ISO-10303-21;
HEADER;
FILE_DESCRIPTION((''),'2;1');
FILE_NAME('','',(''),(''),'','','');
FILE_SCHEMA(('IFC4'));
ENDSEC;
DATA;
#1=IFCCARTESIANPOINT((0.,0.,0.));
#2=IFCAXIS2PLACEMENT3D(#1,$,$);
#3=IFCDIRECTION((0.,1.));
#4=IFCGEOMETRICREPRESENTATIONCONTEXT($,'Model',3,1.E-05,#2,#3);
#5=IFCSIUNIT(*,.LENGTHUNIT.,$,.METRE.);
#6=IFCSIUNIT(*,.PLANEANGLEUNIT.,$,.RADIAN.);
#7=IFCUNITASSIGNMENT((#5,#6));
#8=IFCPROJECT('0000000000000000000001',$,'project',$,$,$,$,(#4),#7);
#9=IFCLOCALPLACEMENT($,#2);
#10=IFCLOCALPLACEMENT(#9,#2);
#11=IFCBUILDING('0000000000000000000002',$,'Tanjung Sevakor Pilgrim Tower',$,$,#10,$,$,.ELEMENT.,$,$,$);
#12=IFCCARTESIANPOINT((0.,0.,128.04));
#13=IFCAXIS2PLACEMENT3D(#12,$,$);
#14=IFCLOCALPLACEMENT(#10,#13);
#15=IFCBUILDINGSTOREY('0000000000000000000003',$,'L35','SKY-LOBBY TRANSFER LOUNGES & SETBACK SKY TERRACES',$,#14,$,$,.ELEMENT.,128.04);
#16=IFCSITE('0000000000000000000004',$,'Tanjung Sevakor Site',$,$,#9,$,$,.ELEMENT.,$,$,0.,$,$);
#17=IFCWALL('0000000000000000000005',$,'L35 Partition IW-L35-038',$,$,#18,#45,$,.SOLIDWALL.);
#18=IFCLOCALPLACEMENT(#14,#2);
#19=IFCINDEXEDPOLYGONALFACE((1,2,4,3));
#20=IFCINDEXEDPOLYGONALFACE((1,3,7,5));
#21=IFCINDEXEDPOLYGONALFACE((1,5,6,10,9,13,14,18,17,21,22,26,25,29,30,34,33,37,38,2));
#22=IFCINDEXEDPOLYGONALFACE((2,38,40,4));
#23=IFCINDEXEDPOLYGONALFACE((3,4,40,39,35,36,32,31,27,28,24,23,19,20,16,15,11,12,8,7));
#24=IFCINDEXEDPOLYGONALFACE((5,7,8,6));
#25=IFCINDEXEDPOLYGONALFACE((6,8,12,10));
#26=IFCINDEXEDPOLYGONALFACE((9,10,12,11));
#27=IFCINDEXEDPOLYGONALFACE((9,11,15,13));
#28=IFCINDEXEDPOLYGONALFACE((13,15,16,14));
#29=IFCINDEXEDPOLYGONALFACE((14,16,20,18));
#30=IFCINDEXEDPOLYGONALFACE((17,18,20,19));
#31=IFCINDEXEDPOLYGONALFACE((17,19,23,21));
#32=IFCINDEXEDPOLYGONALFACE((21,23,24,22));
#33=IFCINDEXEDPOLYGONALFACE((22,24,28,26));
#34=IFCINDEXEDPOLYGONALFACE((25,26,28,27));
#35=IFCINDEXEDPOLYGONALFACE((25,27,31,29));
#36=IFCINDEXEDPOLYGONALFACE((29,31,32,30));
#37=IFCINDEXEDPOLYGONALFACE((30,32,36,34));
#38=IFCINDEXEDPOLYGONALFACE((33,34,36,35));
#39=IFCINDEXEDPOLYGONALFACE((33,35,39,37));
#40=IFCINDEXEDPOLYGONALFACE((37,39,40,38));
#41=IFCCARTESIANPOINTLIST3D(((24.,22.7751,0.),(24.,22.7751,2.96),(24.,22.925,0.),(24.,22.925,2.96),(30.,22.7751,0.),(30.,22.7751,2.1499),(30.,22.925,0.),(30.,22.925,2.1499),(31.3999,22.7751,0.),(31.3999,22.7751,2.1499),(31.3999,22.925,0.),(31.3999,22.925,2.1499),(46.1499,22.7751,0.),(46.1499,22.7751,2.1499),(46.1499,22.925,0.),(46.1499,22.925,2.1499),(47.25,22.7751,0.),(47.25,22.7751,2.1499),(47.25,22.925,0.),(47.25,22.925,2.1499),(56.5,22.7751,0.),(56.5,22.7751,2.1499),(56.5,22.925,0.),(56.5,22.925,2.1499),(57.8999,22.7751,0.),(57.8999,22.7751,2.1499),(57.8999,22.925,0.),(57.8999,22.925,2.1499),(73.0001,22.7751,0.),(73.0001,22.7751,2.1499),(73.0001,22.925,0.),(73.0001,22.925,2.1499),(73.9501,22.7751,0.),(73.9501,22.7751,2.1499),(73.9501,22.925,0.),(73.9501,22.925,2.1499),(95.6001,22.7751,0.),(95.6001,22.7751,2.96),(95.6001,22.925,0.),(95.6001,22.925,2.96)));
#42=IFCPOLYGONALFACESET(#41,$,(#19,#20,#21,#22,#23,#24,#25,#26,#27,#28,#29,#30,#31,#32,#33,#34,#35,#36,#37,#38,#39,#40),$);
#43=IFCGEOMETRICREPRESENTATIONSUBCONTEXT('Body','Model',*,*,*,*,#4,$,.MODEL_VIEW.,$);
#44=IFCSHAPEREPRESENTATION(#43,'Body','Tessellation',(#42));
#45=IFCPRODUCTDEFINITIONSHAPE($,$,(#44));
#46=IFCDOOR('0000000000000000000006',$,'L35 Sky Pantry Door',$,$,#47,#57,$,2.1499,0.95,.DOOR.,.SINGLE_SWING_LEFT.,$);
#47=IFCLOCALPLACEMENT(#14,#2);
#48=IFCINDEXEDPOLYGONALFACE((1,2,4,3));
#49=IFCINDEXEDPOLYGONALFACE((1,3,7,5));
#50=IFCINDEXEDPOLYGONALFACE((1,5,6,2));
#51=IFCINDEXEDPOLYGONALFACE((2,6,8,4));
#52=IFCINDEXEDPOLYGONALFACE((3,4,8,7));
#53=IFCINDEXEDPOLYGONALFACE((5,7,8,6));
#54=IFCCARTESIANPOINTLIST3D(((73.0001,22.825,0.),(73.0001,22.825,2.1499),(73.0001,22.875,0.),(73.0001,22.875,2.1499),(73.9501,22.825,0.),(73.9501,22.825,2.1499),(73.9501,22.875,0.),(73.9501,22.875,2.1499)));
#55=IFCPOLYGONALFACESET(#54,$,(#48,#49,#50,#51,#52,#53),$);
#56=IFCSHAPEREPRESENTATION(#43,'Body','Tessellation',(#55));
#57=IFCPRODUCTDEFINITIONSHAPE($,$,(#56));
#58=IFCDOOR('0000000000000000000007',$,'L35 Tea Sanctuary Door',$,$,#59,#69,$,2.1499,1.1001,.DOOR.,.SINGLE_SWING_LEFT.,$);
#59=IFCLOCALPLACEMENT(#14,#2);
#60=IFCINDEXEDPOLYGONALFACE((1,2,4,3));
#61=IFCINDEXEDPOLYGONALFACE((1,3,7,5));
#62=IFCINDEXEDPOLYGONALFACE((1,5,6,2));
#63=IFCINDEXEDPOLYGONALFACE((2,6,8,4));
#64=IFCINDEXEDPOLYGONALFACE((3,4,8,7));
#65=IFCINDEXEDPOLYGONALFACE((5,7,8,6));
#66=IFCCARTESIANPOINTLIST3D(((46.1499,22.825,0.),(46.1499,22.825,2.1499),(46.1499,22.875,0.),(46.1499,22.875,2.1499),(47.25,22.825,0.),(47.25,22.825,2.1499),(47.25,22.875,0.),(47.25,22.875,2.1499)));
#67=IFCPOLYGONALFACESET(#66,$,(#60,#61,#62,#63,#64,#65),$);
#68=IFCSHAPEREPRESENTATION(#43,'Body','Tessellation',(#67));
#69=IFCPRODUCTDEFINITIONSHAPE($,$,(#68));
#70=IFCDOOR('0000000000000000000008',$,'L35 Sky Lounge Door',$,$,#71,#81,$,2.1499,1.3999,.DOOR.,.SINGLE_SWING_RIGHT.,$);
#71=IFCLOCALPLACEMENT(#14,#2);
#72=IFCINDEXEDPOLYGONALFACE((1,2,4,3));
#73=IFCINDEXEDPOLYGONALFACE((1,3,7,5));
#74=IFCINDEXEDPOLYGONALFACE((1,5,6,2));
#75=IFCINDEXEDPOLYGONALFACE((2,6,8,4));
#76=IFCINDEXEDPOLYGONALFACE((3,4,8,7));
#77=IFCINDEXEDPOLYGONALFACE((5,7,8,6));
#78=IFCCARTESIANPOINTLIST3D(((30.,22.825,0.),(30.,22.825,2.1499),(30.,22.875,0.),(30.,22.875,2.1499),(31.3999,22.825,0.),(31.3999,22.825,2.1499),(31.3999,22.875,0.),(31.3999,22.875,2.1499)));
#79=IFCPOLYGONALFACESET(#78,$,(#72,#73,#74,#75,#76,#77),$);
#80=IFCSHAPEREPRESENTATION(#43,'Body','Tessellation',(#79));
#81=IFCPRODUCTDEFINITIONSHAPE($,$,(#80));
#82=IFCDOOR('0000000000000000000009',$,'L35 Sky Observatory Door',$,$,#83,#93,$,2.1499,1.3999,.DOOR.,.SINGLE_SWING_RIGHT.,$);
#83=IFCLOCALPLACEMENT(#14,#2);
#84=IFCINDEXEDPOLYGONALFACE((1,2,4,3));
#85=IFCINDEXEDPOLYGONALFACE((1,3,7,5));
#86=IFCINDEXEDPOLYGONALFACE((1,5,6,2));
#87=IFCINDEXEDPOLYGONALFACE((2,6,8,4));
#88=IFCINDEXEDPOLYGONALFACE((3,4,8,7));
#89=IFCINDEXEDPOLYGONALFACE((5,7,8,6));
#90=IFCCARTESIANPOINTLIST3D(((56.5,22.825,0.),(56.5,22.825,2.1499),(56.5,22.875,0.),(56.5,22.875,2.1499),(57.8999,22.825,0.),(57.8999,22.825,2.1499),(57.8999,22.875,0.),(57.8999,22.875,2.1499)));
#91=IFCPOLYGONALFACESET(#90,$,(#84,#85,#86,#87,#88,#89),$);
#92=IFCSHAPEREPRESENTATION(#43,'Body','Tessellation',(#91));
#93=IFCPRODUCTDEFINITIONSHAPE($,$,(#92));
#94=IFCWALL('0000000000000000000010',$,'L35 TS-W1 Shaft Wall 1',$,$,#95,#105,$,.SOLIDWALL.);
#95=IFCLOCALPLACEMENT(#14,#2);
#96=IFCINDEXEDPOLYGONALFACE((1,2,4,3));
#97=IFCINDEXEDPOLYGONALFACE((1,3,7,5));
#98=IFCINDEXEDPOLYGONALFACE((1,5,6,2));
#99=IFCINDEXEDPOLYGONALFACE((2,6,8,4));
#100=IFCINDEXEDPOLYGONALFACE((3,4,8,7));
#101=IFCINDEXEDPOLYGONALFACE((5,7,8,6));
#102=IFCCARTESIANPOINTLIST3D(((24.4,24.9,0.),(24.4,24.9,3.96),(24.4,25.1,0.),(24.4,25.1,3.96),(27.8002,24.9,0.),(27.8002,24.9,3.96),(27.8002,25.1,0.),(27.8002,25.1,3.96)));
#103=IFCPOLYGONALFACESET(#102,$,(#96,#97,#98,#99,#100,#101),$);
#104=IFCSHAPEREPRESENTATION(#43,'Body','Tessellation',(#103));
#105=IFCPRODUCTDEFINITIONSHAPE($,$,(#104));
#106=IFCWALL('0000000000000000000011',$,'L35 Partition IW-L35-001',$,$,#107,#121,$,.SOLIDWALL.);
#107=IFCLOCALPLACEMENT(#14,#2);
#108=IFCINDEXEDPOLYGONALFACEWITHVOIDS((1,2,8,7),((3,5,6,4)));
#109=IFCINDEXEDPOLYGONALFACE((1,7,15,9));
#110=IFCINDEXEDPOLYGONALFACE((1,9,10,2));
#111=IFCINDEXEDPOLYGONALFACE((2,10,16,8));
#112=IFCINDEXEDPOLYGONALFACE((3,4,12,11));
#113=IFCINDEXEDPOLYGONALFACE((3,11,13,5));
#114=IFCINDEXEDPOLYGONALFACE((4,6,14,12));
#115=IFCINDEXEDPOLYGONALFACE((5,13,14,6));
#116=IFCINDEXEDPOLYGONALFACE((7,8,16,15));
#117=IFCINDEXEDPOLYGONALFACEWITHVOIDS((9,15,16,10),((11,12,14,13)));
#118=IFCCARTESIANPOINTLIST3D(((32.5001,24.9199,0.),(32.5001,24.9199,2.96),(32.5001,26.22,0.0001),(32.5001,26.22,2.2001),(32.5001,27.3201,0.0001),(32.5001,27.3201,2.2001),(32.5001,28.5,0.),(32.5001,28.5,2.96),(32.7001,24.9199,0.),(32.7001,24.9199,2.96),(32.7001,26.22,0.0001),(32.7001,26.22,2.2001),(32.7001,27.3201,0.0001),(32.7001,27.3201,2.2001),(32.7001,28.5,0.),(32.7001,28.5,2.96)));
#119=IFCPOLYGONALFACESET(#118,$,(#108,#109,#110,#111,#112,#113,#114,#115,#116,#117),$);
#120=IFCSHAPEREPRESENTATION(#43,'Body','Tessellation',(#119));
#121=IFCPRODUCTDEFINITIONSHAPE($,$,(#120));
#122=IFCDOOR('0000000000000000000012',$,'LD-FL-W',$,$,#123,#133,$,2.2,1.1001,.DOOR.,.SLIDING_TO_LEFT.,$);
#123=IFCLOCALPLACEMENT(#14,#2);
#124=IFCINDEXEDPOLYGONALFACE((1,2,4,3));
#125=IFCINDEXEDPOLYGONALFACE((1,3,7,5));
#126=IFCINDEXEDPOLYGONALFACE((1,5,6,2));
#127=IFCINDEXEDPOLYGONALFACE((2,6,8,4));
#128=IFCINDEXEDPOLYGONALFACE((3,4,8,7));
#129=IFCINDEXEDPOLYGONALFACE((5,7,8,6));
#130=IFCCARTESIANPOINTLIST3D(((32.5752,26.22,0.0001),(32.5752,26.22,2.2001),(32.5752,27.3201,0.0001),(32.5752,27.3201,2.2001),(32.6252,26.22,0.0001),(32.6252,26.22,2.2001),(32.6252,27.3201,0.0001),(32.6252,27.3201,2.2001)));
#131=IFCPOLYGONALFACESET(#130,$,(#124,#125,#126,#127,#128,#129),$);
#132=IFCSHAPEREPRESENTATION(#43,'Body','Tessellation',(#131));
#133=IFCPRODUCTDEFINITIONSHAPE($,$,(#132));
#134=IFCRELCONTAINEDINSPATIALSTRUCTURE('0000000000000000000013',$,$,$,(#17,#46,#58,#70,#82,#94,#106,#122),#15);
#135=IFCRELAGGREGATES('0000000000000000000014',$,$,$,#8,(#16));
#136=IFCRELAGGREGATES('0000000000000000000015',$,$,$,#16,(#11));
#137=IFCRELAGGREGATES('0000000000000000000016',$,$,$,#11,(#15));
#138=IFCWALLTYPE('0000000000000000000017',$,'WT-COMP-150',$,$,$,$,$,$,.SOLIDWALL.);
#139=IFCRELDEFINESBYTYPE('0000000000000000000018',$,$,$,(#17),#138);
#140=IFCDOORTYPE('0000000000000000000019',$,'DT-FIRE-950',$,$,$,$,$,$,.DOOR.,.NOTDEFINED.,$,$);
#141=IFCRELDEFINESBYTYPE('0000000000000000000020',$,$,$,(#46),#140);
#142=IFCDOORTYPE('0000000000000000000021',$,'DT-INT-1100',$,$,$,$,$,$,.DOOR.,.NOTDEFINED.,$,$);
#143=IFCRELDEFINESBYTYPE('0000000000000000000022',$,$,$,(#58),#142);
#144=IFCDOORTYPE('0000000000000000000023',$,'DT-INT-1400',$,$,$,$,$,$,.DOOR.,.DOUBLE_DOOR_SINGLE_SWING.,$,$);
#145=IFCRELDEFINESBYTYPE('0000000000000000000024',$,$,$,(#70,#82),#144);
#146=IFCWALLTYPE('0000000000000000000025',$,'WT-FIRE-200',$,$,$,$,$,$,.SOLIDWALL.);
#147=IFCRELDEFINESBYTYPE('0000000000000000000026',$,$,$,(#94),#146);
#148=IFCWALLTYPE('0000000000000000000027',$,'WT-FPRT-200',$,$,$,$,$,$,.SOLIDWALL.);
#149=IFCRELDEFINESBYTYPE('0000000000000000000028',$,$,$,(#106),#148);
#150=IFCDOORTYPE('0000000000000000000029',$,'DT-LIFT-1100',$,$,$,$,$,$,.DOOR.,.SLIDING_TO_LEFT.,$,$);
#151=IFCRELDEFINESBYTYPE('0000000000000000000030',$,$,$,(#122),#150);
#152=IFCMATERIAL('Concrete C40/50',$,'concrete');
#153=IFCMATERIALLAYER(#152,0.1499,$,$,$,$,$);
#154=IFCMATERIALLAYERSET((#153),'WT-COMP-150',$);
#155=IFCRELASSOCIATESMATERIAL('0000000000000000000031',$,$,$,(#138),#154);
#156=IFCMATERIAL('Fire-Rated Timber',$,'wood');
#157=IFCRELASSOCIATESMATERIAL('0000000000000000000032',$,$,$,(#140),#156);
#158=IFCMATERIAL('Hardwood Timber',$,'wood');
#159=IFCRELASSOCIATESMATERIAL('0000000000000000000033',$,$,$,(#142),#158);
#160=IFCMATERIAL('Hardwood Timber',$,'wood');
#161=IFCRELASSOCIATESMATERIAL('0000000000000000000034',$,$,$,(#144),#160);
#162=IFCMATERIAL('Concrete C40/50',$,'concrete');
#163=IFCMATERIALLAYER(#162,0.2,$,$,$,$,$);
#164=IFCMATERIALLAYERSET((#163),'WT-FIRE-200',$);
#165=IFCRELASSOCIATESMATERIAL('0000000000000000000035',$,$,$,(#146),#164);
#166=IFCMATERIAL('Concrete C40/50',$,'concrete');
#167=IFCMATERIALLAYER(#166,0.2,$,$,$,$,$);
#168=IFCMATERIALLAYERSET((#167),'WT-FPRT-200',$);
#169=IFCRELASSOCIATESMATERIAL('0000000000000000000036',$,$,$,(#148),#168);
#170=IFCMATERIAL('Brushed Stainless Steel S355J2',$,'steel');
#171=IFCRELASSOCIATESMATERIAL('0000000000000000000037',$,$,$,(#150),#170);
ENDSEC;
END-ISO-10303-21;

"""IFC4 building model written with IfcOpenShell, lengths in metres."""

from ifc_helpers import new_model, si_unit, direction, frame, frame_2d, origin, place, context, subcontext, project, spatial, rectangle, extrude, material, layer, layer_set, type_object, element, fill, save


model = new_model("IFC4")

# Units and contexts
model_context = context("Model", 3, precision=1e-05, world=origin(), true_north=direction((0.0, 1.0)))
body_context = subcontext(model_context, "Body", "Model", "MODEL_VIEW")
ifc_project = project(units=[si_unit("LENGTHUNIT", "METRE"), si_unit("PLANEANGLEUNIT", "RADIAN")], contexts=[model_context])

# Site, building, storey
site_placement = place(None, origin())
site = spatial("IfcSite", under=ifc_project, at=site_placement, Name="Tanjung Sevakor Site", CompositionType="ELEMENT", RefElevation=0.0)
building_placement = place(site_placement, origin())
building = spatial("IfcBuilding", under=site, at=building_placement, Name="Tanjung Sevakor Pilgrim Tower", CompositionType="ELEMENT")
storey_placement = place(building_placement, frame((0.0, 0.0, 128.04)))
storey = spatial("IfcBuildingStorey", under=building, at=storey_placement, Name="L35", Description="SKY-LOBBY TRANSFER LOUNGES & SETBACK SKY TERRACES", CompositionType="ELEMENT", Elevation=128.04)

# Shared definitions
ifc_material_1 = material(Name="Concrete C40/50", Category="concrete")
ifc_layer_1 = layer(ifc_material_1, 0.1499)
ifc_layer_set_1 = layer_set([ifc_layer_1], Name="WT-COMP-150")
wall_type_1 = type_object("IfcWallType", Name="WT-COMP-150", PredefinedType="SOLIDWALL", material=ifc_layer_set_1)

# Shared definitions
ifc_material_2 = material(Name="Fire-Rated Timber", Category="wood")
door_type_1 = type_object("IfcDoorType", Name="DT-FIRE-950", OperationType="NOTDEFINED", PredefinedType="DOOR", material=ifc_material_2)

# Wall, openings, doors
wall_1_placement = place(storey_placement, frame((24.0, 22.8501, 0.0), z_axis=(0.0, 0.0, 1.0), x_axis=(1.0, 0.0, 0.0)))
wall_1 = element("IfcWall", 1, at=wall_1_placement, inside=storey, type_object=wall_type_1, Name="L35 Partition IW-L35-038", PredefinedType="SOLIDWALL", context=body_context, shape_type="SweptSolid", body=[
    extrude(rectangle(XDim=71.6001, YDim=0.1499, at=frame_2d((35.8, 0.0))), origin(), (0.0, 0.0, 1.0), 2.96),
])
opening_1_placement = place(wall_1_placement, frame((6.0, 0.0, 0.0)))
opening_1 = element("IfcOpeningElement", 2, at=opening_1_placement, cuts=wall_1, PredefinedType="OPENING", context=body_context, shape_type="SweptSolid", body=[
    extrude(rectangle(XDim=1.3999, YDim=2.1499, at=frame_2d((0.7, 1.075))), frame((0.0, 0.085, 0.0), z_axis=(0.0, -1.0, 0.0), x_axis=(1.0, 0.0, 0.0)), (0.0, 0.0, 1.0), 0.1699),
])
opening_2_placement = place(wall_1_placement, frame((22.1499, 0.0, 0.0)))
opening_2 = element("IfcOpeningElement", 3, at=opening_2_placement, cuts=wall_1, PredefinedType="OPENING", context=body_context, shape_type="SweptSolid", body=[
    extrude(rectangle(XDim=1.1001, YDim=2.1499, at=frame_2d((0.55, 1.075))), frame((0.0, 0.085, 0.0), z_axis=(0.0, -1.0, 0.0), x_axis=(1.0, 0.0, 0.0)), (0.0, 0.0, 1.0), 0.1699),
])
opening_3_placement = place(wall_1_placement, frame((32.5, 0.0, 0.0)))
opening_3 = element("IfcOpeningElement", 4, at=opening_3_placement, cuts=wall_1, PredefinedType="OPENING", context=body_context, shape_type="SweptSolid", body=[
    extrude(rectangle(XDim=1.3999, YDim=2.1499, at=frame_2d((0.7, 1.075))), frame((0.0, 0.085, 0.0), z_axis=(0.0, -1.0, 0.0), x_axis=(1.0, 0.0, 0.0)), (0.0, 0.0, 1.0), 0.1699),
])
opening_4_placement = place(wall_1_placement, frame((49.0, 0.0, 0.0)))
opening_4 = element("IfcOpeningElement", 5, at=opening_4_placement, cuts=wall_1, PredefinedType="OPENING", context=body_context, shape_type="SweptSolid", body=[
    extrude(rectangle(XDim=0.95, YDim=2.1499, at=frame_2d((0.4751, 1.075))), frame((0.0, 0.085, 0.0), z_axis=(0.0, -1.0, 0.0), x_axis=(1.0, 0.0, 0.0)), (0.0, 0.0, 1.0), 0.1699),
])
door_1_placement = place(opening_4_placement, origin())
door_1 = element("IfcDoor", 6, at=door_1_placement, inside=storey, type_object=door_type_1, Name="L35 Sky Pantry Door", OperationType="SINGLE_SWING_LEFT", OverallHeight=2.1499, OverallWidth=0.95, PredefinedType="DOOR", context=body_context, shape_type="SweptSolid", body=[
    extrude(rectangle(XDim=0.95, YDim=2.1499, at=frame_2d((0.4751, 1.075))), frame((0.0, 0.0249, 0.0), z_axis=(0.0, -1.0, 0.0), x_axis=(1.0, 0.0, 0.0)), (0.0, 0.0, 1.0), 0.05),
])
fill(opening_4, door_1)
ifc_material_3 = material(Name="Hardwood Timber", Category="wood")
door_type_2 = type_object("IfcDoorType", Name="DT-INT-1100", OperationType="NOTDEFINED", PredefinedType="DOOR", material=ifc_material_3)
door_2_placement = place(opening_2_placement, origin())
door_2 = element("IfcDoor", 7, at=door_2_placement, inside=storey, type_object=door_type_2, Name="L35 Tea Sanctuary Door", OperationType="SINGLE_SWING_LEFT", OverallHeight=2.1499, OverallWidth=1.1001, PredefinedType="DOOR", context=body_context, shape_type="SweptSolid", body=[
    extrude(rectangle(XDim=1.1001, YDim=2.1499, at=frame_2d((0.55, 1.075))), frame((0.0, 0.0249, 0.0), z_axis=(0.0, -1.0, 0.0), x_axis=(1.0, 0.0, 0.0)), (0.0, 0.0, 1.0), 0.05),
])
fill(opening_2, door_2)
ifc_material_4 = material(Name="Hardwood Timber", Category="wood")
door_type_3 = type_object("IfcDoorType", Name="DT-INT-1400", OperationType="DOUBLE_DOOR_SINGLE_SWING", PredefinedType="DOOR", material=ifc_material_4)
door_3_placement = place(opening_1_placement, origin())
door_3 = element("IfcDoor", 8, at=door_3_placement, inside=storey, type_object=door_type_3, Name="L35 Sky Lounge Door", OperationType="SINGLE_SWING_RIGHT", OverallHeight=2.1499, OverallWidth=1.3999, PredefinedType="DOOR", context=body_context, shape_type="SweptSolid", body=[
    extrude(rectangle(XDim=1.3999, YDim=2.1499, at=frame_2d((0.7, 1.075))), frame((0.0, 0.0249, 0.0), z_axis=(0.0, -1.0, 0.0), x_axis=(1.0, 0.0, 0.0)), (0.0, 0.0, 1.0), 0.05),
])
fill(opening_1, door_3)
door_4_placement = place(opening_3_placement, origin())
door_4 = element("IfcDoor", 9, at=door_4_placement, inside=storey, type_object=door_type_3, Name="L35 Sky Observatory Door", OperationType="SINGLE_SWING_RIGHT", OverallHeight=2.1499, OverallWidth=1.3999, PredefinedType="DOOR", context=body_context, shape_type="SweptSolid", body=[
    extrude(rectangle(XDim=1.3999, YDim=2.1499, at=frame_2d((0.7, 1.075))), frame((0.0, 0.0249, 0.0), z_axis=(0.0, -1.0, 0.0), x_axis=(1.0, 0.0, 0.0)), (0.0, 0.0, 1.0), 0.05),
])
fill(opening_3, door_4)

# Wall
ifc_material_5 = material(Name="Concrete C40/50", Category="concrete")
ifc_layer_2 = layer(ifc_material_5, 0.2)
ifc_layer_set_2 = layer_set([ifc_layer_2], Name="WT-FIRE-200")
wall_type_2 = type_object("IfcWallType", Name="WT-FIRE-200", PredefinedType="SOLIDWALL", material=ifc_layer_set_2)
wall_2_placement = place(storey_placement, frame((24.3999, 25.0, 0.0), z_axis=(0.0, 0.0, 1.0), x_axis=(1.0, 0.0, 0.0)))
element("IfcWall", 10, at=wall_2_placement, inside=storey, type_object=wall_type_2, Name="L35 TS-W1 Shaft Wall 1", PredefinedType="SOLIDWALL", context=body_context, shape_type="SweptSolid", body=[
    extrude(rectangle(XDim=3.4001, YDim=0.2, at=frame_2d((1.7002, 0.0))), origin(), (0.0, 0.0, 1.0), 3.96),
])

# Wall, opening, door
ifc_material_6 = material(Name="Concrete C40/50", Category="concrete")
ifc_layer_3 = layer(ifc_material_6, 0.2)
ifc_layer_set_3 = layer_set([ifc_layer_3], Name="WT-FPRT-200")
wall_type_3 = type_object("IfcWallType", Name="WT-FPRT-200", PredefinedType="SOLIDWALL", material=ifc_layer_set_3)
wall_3_placement = place(storey_placement, frame((32.6001, 24.9199, 0.0), z_axis=(0.0, 0.0, 1.0), x_axis=(0.0, 1.0, 0.0)))
wall_3 = element("IfcWall", 11, at=wall_3_placement, inside=storey, type_object=wall_type_3, Name="L35 Partition IW-L35-001", PredefinedType="SOLIDWALL", context=body_context, shape_type="SweptSolid", body=[
    extrude(rectangle(XDim=3.5801, YDim=0.2, at=frame_2d((1.79, 0.0))), origin(), (0.0, 0.0, 1.0), 2.96),
])
opening_5_placement = place(wall_3_placement, frame((1.3, 0.0, 0.0)))
opening_5 = element("IfcOpeningElement", 12, at=opening_5_placement, cuts=wall_3, PredefinedType="OPENING", context=body_context, shape_type="SweptSolid", body=[
    extrude(rectangle(XDim=1.1001, YDim=2.2, at=frame_2d((0.55, 1.1001))), frame((0.0, 0.1099, 0.0), z_axis=(0.0, -1.0, 0.0), x_axis=(1.0, 0.0, 0.0)), (0.0, 0.0, 1.0), 0.22),
])
ifc_material_7 = material(Name="Brushed Stainless Steel S355J2", Category="steel")
door_type_4 = type_object("IfcDoorType", Name="DT-LIFT-1100", OperationType="SLIDING_TO_LEFT", PredefinedType="DOOR", material=ifc_material_7)
door_5_placement = place(opening_5_placement, origin())
door_5 = element("IfcDoor", 13, at=door_5_placement, inside=storey, type_object=door_type_4, Name="LD-FL-W", OperationType="SLIDING_TO_LEFT", OverallHeight=2.2, OverallWidth=1.1001, PredefinedType="DOOR", context=body_context, shape_type="SweptSolid", body=[
    extrude(rectangle(XDim=1.1001, YDim=2.2, at=frame_2d((0.55, 1.1001))), frame((0.0, 0.0249, 0.0), z_axis=(0.0, -1.0, 0.0), x_axis=(1.0, 0.0, 0.0)), (0.0, 0.0, 1.0), 0.05),
])
fill(opening_5, door_5)

save(model, "model.ifc")
